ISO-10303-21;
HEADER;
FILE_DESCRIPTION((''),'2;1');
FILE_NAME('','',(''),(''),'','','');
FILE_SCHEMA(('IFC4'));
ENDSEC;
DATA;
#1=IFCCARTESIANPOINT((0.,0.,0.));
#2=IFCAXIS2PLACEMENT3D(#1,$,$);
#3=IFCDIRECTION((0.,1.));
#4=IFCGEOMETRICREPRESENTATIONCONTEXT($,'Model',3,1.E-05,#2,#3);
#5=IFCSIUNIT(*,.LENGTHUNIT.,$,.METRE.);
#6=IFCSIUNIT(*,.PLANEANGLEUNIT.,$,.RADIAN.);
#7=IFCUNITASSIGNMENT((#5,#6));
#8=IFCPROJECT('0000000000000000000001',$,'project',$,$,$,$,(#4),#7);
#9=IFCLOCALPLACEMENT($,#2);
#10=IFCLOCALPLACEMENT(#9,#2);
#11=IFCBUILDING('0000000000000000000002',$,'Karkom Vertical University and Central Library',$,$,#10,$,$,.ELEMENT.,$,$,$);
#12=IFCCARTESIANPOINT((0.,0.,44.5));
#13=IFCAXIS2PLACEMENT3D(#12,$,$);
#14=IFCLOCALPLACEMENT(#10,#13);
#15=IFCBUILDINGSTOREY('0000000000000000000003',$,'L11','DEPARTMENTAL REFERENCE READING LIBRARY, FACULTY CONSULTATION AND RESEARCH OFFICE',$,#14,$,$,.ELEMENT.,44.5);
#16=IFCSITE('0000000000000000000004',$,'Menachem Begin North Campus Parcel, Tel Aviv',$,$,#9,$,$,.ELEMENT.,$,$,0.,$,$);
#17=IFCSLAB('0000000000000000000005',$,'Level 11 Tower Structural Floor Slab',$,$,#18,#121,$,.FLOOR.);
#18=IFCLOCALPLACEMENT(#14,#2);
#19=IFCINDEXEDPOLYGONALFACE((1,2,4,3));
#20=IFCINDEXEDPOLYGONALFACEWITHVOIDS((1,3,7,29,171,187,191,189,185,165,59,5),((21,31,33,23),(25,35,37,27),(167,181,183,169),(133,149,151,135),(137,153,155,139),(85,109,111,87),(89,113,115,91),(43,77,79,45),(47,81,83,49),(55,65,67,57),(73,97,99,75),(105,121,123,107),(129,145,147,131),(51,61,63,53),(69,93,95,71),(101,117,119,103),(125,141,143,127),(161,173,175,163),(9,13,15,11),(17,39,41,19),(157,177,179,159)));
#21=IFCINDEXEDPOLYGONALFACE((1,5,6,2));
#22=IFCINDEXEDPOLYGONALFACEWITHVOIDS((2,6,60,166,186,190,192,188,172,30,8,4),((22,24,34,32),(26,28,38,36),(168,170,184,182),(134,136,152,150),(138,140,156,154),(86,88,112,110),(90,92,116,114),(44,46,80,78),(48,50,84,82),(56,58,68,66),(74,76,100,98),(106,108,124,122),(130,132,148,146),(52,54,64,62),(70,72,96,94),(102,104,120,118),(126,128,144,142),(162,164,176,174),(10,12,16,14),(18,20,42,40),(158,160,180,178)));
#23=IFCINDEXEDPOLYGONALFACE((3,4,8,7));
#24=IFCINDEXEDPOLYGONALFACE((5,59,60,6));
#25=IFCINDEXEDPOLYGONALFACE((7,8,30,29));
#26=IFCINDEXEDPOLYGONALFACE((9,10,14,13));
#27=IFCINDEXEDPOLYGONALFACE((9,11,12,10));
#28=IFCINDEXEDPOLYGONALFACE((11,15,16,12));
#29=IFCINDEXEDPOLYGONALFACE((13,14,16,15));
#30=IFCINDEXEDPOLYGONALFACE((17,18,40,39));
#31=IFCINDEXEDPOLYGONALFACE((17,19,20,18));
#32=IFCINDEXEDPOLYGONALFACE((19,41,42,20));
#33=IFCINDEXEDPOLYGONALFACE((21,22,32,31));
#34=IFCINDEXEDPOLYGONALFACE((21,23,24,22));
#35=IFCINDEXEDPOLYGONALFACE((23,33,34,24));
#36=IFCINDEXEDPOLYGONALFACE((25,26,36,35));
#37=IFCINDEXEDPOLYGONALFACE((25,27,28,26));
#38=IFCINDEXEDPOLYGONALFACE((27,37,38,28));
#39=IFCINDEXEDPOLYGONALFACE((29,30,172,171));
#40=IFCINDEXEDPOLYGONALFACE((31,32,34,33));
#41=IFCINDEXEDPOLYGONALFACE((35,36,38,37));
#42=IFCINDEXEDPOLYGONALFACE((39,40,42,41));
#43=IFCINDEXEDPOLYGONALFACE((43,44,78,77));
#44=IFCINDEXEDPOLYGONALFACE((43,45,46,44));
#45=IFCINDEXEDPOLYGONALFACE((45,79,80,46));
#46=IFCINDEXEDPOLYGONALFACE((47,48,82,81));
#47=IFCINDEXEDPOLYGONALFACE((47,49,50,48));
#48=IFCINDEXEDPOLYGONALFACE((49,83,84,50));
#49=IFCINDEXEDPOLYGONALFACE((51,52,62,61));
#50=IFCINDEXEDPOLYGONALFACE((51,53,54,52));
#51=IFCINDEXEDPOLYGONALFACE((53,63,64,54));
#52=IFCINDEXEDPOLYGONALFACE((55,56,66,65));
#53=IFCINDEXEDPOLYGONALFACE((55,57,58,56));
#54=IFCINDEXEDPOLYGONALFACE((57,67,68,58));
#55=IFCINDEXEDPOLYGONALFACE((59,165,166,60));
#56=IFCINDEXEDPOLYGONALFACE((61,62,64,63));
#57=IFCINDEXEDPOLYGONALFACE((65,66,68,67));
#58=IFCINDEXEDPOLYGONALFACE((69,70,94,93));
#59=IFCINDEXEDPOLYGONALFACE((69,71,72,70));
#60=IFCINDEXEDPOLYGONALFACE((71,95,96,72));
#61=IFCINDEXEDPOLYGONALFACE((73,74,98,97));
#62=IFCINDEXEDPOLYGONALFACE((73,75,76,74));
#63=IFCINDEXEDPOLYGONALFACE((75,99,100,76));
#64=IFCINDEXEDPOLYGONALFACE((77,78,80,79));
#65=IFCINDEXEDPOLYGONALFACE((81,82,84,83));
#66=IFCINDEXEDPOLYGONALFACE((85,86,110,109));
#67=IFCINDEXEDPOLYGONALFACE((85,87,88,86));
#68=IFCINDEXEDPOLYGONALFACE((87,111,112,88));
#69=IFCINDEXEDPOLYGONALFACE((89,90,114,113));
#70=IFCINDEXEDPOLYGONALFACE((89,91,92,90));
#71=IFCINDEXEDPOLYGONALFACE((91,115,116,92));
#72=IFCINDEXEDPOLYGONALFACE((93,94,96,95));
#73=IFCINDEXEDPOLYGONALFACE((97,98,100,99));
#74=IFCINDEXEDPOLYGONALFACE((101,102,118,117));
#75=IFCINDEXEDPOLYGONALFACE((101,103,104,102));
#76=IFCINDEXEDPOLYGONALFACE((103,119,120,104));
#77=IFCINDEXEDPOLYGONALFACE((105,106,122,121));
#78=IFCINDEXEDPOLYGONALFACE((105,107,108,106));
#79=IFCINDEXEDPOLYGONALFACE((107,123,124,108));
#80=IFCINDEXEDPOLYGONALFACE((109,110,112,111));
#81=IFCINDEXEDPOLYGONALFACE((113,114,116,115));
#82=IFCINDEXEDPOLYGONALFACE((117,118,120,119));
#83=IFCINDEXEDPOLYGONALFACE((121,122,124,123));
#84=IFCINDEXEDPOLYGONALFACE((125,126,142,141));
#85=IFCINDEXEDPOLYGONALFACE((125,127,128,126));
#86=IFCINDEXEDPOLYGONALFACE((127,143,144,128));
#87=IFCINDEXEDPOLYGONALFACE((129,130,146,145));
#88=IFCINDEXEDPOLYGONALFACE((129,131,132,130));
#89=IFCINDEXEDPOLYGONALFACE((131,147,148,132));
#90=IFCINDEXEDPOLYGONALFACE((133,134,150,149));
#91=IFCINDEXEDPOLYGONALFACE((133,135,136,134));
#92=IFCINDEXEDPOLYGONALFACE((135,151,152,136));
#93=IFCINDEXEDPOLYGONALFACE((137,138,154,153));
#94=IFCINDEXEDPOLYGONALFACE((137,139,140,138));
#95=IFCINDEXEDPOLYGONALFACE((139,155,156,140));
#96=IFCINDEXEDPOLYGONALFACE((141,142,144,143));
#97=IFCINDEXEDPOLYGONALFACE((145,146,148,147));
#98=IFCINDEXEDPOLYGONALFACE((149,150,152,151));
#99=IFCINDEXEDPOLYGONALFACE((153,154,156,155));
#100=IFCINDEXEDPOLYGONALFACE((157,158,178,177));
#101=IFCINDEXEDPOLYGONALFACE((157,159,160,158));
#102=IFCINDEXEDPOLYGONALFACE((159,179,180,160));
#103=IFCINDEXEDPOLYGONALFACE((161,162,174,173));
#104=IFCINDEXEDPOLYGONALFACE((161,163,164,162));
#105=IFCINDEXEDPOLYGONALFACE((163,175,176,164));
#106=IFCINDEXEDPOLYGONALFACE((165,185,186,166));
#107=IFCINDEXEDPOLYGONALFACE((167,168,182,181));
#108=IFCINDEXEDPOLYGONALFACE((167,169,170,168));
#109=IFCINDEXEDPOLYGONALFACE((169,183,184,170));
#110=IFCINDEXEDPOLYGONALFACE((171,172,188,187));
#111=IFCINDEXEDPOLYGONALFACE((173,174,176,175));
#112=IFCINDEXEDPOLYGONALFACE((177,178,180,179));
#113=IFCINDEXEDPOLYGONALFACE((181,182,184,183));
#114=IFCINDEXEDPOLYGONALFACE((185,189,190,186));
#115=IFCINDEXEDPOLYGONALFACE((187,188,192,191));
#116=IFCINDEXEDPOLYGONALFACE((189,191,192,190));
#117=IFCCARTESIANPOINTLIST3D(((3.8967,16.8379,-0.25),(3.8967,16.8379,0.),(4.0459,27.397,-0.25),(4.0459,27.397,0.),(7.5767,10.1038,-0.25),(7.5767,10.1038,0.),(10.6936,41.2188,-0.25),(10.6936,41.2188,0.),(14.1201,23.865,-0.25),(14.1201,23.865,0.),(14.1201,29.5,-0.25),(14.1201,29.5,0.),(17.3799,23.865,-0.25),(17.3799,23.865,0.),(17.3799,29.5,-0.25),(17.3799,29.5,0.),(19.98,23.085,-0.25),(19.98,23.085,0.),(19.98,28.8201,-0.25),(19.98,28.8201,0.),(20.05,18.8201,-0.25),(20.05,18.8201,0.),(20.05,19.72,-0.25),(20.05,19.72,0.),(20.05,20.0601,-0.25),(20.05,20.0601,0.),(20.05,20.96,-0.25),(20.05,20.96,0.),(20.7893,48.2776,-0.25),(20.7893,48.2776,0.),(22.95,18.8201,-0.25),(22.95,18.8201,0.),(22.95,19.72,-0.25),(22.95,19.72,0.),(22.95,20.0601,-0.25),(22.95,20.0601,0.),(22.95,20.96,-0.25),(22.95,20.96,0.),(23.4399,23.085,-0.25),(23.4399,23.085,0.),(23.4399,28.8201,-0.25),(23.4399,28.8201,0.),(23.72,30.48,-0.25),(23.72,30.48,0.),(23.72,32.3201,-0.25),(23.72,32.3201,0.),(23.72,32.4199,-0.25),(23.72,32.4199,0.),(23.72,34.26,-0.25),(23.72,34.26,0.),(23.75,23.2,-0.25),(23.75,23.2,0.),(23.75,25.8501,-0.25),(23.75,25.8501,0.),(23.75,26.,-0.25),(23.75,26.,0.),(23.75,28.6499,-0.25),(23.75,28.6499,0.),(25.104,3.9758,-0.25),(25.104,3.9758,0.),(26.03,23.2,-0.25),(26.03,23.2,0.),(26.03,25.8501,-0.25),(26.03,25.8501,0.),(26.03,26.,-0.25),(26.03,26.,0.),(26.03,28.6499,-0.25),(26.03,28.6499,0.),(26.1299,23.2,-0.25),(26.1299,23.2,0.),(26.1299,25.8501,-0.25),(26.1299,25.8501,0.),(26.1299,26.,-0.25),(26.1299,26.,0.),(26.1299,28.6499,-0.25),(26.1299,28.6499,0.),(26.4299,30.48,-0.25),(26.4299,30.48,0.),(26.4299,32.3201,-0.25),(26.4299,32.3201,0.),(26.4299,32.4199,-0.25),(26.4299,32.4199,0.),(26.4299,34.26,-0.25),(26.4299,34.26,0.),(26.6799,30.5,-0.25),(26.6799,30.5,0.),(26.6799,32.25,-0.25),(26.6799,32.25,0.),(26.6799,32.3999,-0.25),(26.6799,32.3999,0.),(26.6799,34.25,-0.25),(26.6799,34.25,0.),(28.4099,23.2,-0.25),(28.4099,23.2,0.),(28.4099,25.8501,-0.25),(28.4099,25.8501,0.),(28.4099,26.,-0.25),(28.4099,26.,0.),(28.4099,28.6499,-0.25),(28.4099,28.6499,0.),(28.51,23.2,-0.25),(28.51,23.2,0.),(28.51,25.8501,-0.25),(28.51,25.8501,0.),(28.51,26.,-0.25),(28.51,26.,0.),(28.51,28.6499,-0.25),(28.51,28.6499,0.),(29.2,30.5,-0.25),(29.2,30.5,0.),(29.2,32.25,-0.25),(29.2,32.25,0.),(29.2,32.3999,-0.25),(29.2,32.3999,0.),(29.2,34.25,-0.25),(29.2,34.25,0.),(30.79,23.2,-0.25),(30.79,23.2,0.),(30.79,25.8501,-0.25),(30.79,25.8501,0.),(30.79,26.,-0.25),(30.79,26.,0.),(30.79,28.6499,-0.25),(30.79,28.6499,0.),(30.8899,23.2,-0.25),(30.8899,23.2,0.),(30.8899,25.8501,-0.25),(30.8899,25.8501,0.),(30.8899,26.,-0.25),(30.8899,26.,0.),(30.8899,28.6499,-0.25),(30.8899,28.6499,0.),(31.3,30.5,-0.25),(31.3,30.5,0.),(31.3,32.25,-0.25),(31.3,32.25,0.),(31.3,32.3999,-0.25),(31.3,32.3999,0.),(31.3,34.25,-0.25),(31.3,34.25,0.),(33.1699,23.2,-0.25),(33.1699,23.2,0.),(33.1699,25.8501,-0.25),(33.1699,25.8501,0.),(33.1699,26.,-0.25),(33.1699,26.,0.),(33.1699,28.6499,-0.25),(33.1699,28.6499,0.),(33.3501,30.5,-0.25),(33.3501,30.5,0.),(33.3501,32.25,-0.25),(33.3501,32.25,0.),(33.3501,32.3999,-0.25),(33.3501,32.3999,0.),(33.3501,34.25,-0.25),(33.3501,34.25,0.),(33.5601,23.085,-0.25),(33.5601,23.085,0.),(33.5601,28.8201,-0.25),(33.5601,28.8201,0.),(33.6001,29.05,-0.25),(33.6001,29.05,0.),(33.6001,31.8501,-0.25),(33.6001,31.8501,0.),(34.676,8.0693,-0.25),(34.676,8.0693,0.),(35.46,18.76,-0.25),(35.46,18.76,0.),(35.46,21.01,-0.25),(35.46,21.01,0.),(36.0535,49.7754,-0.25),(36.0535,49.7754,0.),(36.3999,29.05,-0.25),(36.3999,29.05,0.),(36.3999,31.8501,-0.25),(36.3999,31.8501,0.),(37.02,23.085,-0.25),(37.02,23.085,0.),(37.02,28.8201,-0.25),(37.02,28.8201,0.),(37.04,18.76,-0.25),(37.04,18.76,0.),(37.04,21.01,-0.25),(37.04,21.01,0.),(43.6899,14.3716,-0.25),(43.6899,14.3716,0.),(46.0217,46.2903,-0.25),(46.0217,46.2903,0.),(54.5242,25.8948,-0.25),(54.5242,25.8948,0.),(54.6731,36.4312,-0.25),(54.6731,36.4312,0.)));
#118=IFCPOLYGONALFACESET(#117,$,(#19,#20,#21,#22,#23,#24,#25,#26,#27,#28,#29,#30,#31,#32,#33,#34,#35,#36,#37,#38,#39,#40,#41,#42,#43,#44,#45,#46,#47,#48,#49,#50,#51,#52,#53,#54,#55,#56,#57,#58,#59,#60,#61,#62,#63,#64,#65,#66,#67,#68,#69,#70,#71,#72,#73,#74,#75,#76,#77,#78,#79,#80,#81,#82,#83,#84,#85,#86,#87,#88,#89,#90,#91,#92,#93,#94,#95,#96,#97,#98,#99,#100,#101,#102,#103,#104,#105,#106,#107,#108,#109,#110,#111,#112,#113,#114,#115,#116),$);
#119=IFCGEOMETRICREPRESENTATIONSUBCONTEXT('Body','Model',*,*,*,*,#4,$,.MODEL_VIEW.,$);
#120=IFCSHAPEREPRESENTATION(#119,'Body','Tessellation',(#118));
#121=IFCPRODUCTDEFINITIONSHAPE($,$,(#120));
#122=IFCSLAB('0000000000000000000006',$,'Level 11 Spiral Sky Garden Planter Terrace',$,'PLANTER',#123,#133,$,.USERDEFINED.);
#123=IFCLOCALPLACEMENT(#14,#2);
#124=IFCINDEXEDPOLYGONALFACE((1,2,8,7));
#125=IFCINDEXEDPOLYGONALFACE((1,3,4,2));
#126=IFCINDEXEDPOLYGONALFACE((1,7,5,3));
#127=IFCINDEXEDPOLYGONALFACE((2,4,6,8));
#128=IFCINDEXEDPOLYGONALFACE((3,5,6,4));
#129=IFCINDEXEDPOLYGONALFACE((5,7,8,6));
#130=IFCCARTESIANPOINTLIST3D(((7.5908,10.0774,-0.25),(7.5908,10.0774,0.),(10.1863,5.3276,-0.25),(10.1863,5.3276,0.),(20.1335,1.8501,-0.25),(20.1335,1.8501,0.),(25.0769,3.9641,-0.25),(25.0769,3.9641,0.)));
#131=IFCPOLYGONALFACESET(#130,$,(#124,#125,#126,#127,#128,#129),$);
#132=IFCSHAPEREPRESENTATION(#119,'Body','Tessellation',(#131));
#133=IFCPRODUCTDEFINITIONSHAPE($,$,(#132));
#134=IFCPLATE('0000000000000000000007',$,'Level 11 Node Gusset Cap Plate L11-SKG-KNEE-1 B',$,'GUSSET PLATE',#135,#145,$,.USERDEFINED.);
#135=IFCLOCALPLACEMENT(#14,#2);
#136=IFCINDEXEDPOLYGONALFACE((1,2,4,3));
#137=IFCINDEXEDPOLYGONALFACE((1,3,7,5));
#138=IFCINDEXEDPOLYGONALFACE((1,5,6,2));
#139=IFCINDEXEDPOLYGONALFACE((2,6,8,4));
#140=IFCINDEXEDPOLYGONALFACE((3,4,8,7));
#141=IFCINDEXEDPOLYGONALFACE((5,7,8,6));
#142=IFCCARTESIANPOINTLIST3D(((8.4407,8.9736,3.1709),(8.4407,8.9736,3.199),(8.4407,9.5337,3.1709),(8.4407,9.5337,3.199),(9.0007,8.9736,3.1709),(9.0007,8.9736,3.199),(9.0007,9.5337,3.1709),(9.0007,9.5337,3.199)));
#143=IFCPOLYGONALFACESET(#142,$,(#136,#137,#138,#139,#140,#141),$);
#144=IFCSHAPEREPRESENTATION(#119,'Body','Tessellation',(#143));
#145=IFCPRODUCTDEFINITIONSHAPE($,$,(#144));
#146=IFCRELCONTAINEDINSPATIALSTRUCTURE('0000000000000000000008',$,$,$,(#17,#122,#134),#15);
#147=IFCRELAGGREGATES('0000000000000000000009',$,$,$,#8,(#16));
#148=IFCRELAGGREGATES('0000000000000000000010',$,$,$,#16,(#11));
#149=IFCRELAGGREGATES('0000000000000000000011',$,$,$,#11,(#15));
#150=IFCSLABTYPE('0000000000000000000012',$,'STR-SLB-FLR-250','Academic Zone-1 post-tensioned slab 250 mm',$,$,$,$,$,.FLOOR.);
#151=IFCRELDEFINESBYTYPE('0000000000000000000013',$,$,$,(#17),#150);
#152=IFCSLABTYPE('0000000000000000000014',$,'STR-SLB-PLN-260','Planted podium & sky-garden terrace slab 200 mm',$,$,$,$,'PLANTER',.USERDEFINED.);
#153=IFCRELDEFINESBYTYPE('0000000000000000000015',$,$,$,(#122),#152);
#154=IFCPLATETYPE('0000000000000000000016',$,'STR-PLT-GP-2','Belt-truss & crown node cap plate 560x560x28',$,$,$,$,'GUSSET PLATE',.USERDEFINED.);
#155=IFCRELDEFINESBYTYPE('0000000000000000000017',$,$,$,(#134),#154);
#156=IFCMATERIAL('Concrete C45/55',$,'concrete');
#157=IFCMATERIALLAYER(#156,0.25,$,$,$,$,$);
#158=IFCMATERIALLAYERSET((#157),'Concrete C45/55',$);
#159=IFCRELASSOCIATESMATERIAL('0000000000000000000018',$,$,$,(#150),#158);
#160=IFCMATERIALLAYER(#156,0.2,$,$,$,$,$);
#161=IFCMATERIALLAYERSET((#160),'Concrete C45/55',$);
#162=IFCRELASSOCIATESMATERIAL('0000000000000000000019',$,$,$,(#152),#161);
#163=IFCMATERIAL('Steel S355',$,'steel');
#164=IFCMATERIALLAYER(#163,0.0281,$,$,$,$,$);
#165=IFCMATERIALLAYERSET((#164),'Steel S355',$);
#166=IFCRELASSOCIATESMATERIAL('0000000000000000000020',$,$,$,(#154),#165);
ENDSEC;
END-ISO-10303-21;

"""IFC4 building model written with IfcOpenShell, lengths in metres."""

from ifc_helpers import new_model, si_unit, direction, frame, origin, origin_with_axes, origin_2d, place, context, subcontext, project, spatial, polyline, rectangle, outline, extrude, source, transform, mapped, material, layer, layer_set, type_object, element, save


model = new_model("IFC4")

# Units and contexts
model_context = context("Model", 3, precision=1e-05, world=origin(), true_north=direction((0.0, 1.0)))
body_context = subcontext(model_context, "Body", "Model", "MODEL_VIEW")
ifc_project = project(units=[si_unit("LENGTHUNIT", "METRE"), si_unit("PLANEANGLEUNIT", "RADIAN")], contexts=[model_context])

# Site, building, storey
site_placement = place(None, origin())
site = spatial("IfcSite", under=ifc_project, at=site_placement, Name="Menachem Begin North Campus Parcel, Tel Aviv", CompositionType="ELEMENT", RefElevation=0.0)
building_placement = place(site_placement, origin())
building = spatial("IfcBuilding", under=site, at=building_placement, Name="Karkom Vertical University and Central Library", CompositionType="ELEMENT")
storey_placement = place(building_placement, frame((0.0, 0.0, 44.5)))
storey = spatial("IfcBuildingStorey", under=building, at=storey_placement, Name="L11", Description="DEPARTMENTAL REFERENCE READING LIBRARY, FACULTY CONSULTATION AND RESEARCH OFFICE", CompositionType="ELEMENT", Elevation=44.5)

# Shared definitions
ifc_material_1 = material(Name="Steel S355", Category="steel")

# Shared definitions
ifc_material_2 = material(Name="Concrete C45/55", Category="concrete")

# Slabs
ifc_layer_1 = layer(ifc_material_2, 0.25)
ifc_layer_set_1 = layer_set([ifc_layer_1], Name="Concrete C45/55")
slab_type_1 = type_object("IfcSlabType", Name="STR-SLB-FLR-250", Description="Academic Zone-1 post-tensioned slab 250 mm", PredefinedType="FLOOR", material=ifc_layer_set_1)
slab_1_placement = place(storey_placement, frame((0.0, 0.0, -0.25)))
element("IfcSlab", 1, at=slab_1_placement, inside=storey, type_object=slab_type_1, Name="Level 11 Tower Structural Floor Slab", PredefinedType="FLOOR", context=body_context, shape_type="SweptSolid", body=[
    extrude(outline(polyline([(10.6936, 41.2188), (4.0459, 27.397), (3.8967, 16.8379), (7.5767, 10.1038), (25.104, 3.9758), (34.676, 8.0693), (43.6899, 14.3716), (54.5242, 25.8948), (54.6731, 36.4312), (46.0217, 46.2903), (36.0535, 49.7754), (20.7893, 48.2776), (10.6936, 41.2188)]), holes=[polyline([(19.98, 23.085), (23.4399, 23.085), (23.4399, 28.8201), (19.98, 28.8201), (19.98, 23.085)]), polyline([(33.5601, 23.085), (37.02, 23.085), (37.02, 28.8201), (33.5601, 28.8201), (33.5601, 23.085)]), polyline([(14.1201, 23.865), (17.3799, 23.865), (17.3799, 29.5), (14.1201, 29.5), (14.1201, 23.865)]), polyline([(23.75, 23.2), (26.03, 23.2), (26.03, 25.8501), (23.75, 25.8501), (23.75, 23.2)]), polyline([(26.1299, 23.2), (28.4099, 23.2), (28.4099, 25.8501), (26.1299, 25.8501), (26.1299, 23.2)]), polyline([(28.51, 23.2), (30.79, 23.2), (30.79, 25.8501), (28.51, 25.8501), (28.51, 23.2)]), polyline([(30.8899, 23.2), (33.1699, 23.2), (33.1699, 25.8501), (30.8899, 25.8501), (30.8899, 23.2)]), polyline([(23.75, 26.0), (26.03, 26.0), (26.03, 28.6499), (23.75, 28.6499), (23.75, 26.0)]), polyline([(26.1299, 26.0), (28.4099, 26.0), (28.4099, 28.6499), (26.1299, 28.6499), (26.1299, 26.0)]), polyline([(28.51, 26.0), (30.79, 26.0), (30.79, 28.6499), (28.51, 28.6499), (28.51, 26.0)]), polyline([(30.8899, 26.0), (33.1699, 26.0), (33.1699, 28.6499), (30.8899, 28.6499), (30.8899, 26.0)]), polyline([(26.6799, 30.5), (29.2, 30.5), (29.2, 32.25), (26.6799, 32.25), (26.6799, 30.5)]), polyline([(26.6799, 32.3999), (29.2, 32.3999), (29.2, 34.25), (26.6799, 34.25), (26.6799, 32.3999)]), polyline([(31.3, 30.5), (33.3501, 30.5), (33.3501, 32.25), (31.3, 32.25), (31.3, 30.5)]), polyline([(31.3, 32.3999), (33.3501, 32.3999), (33.3501, 34.25), (31.3, 34.25), (31.3, 32.3999)]), polyline([(23.72, 30.48), (26.4299, 30.48), (26.4299, 32.3201), (23.72, 32.3201), (23.72, 30.48)]), polyline([(23.72, 32.4199), (26.4299, 32.4199), (26.4299, 34.26), (23.72, 34.26), (23.72, 32.4199)]), polyline([(33.6001, 29.05), (36.3999, 29.05), (36.3999, 31.8501), (33.6001, 31.8501), (33.6001, 29.05)]), polyline([(20.05, 18.8201), (22.95, 18.8201), (22.95, 19.72), (20.05, 19.72), (20.05, 18.8201)]), polyline([(20.05, 20.0601), (22.95, 20.0601), (22.95, 20.96), (20.05, 20.96), (20.05, 20.0601)]), polyline([(35.46, 18.76), (37.04, 18.76), (37.04, 21.01), (35.46, 21.01), (35.46, 18.76)])]), origin(), (0.0, 0.0, 1.0), 0.25),
])
ifc_layer_2 = layer(ifc_material_2, 0.2)
ifc_layer_set_2 = layer_set([ifc_layer_2], Name="Concrete C45/55")
slab_type_2 = type_object("IfcSlabType", Name="STR-SLB-PLN-260", Description="Planted podium & sky-garden terrace slab 200 mm", ElementType="PLANTER", PredefinedType="USERDEFINED", material=ifc_layer_set_2)
slab_2_placement = place(storey_placement, frame((0.0, 0.0, -0.25)))
element("IfcSlab", 2, at=slab_2_placement, inside=storey, type_object=slab_type_2, Name="Level 11 Spiral Sky Garden Planter Terrace", ObjectType="PLANTER", PredefinedType="USERDEFINED", context=body_context, shape_type="SweptSolid", body=[
    extrude(outline(polyline([(20.1335, 1.8501), (10.1863, 5.3276), (7.5908, 10.0774), (25.0769, 3.9641), (20.1335, 1.8501)])), origin(), (0.0, 0.0, 1.0), 0.25),
])

# Plate
ifc_layer_3 = layer(ifc_material_1, 0.0281)
ifc_layer_set_3 = layer_set([ifc_layer_3], Name="Steel S355")
plate_type = type_object("IfcPlateType", Name="STR-PLT-GP-2", Description="Belt-truss & crown node cap plate 560x560x28", ElementType="GUSSET PLATE", PredefinedType="USERDEFINED", material=ifc_layer_set_3)
shared_shape_1 = source(origin_with_axes(), body_context, "Body", "SweptSolid", [
    extrude(rectangle(XDim=0.5601, YDim=0.5601, at=origin_2d()), origin(), (0.0, 0.0, 1.0), 0.0281),
])
plate_placement = place(storey_placement, frame((8.7207, 9.2537, 3.1709), z_axis=(0.0, 0.0, 1.0), x_axis=(1.0, 0.0, 0.0)))
element("IfcPlate", 3, at=plate_placement, inside=storey, type_object=plate_type, Name="Level 11 Node Gusset Cap Plate L11-SKG-KNEE-1 B", ObjectType="GUSSET PLATE", PredefinedType="USERDEFINED", context=body_context, shape_type="MappedRepresentation", body=[
    mapped(shared_shape_1, transform((0.0, 0.0, 0.0), scale=1.0)),
])

save(model, "model.ifc")
